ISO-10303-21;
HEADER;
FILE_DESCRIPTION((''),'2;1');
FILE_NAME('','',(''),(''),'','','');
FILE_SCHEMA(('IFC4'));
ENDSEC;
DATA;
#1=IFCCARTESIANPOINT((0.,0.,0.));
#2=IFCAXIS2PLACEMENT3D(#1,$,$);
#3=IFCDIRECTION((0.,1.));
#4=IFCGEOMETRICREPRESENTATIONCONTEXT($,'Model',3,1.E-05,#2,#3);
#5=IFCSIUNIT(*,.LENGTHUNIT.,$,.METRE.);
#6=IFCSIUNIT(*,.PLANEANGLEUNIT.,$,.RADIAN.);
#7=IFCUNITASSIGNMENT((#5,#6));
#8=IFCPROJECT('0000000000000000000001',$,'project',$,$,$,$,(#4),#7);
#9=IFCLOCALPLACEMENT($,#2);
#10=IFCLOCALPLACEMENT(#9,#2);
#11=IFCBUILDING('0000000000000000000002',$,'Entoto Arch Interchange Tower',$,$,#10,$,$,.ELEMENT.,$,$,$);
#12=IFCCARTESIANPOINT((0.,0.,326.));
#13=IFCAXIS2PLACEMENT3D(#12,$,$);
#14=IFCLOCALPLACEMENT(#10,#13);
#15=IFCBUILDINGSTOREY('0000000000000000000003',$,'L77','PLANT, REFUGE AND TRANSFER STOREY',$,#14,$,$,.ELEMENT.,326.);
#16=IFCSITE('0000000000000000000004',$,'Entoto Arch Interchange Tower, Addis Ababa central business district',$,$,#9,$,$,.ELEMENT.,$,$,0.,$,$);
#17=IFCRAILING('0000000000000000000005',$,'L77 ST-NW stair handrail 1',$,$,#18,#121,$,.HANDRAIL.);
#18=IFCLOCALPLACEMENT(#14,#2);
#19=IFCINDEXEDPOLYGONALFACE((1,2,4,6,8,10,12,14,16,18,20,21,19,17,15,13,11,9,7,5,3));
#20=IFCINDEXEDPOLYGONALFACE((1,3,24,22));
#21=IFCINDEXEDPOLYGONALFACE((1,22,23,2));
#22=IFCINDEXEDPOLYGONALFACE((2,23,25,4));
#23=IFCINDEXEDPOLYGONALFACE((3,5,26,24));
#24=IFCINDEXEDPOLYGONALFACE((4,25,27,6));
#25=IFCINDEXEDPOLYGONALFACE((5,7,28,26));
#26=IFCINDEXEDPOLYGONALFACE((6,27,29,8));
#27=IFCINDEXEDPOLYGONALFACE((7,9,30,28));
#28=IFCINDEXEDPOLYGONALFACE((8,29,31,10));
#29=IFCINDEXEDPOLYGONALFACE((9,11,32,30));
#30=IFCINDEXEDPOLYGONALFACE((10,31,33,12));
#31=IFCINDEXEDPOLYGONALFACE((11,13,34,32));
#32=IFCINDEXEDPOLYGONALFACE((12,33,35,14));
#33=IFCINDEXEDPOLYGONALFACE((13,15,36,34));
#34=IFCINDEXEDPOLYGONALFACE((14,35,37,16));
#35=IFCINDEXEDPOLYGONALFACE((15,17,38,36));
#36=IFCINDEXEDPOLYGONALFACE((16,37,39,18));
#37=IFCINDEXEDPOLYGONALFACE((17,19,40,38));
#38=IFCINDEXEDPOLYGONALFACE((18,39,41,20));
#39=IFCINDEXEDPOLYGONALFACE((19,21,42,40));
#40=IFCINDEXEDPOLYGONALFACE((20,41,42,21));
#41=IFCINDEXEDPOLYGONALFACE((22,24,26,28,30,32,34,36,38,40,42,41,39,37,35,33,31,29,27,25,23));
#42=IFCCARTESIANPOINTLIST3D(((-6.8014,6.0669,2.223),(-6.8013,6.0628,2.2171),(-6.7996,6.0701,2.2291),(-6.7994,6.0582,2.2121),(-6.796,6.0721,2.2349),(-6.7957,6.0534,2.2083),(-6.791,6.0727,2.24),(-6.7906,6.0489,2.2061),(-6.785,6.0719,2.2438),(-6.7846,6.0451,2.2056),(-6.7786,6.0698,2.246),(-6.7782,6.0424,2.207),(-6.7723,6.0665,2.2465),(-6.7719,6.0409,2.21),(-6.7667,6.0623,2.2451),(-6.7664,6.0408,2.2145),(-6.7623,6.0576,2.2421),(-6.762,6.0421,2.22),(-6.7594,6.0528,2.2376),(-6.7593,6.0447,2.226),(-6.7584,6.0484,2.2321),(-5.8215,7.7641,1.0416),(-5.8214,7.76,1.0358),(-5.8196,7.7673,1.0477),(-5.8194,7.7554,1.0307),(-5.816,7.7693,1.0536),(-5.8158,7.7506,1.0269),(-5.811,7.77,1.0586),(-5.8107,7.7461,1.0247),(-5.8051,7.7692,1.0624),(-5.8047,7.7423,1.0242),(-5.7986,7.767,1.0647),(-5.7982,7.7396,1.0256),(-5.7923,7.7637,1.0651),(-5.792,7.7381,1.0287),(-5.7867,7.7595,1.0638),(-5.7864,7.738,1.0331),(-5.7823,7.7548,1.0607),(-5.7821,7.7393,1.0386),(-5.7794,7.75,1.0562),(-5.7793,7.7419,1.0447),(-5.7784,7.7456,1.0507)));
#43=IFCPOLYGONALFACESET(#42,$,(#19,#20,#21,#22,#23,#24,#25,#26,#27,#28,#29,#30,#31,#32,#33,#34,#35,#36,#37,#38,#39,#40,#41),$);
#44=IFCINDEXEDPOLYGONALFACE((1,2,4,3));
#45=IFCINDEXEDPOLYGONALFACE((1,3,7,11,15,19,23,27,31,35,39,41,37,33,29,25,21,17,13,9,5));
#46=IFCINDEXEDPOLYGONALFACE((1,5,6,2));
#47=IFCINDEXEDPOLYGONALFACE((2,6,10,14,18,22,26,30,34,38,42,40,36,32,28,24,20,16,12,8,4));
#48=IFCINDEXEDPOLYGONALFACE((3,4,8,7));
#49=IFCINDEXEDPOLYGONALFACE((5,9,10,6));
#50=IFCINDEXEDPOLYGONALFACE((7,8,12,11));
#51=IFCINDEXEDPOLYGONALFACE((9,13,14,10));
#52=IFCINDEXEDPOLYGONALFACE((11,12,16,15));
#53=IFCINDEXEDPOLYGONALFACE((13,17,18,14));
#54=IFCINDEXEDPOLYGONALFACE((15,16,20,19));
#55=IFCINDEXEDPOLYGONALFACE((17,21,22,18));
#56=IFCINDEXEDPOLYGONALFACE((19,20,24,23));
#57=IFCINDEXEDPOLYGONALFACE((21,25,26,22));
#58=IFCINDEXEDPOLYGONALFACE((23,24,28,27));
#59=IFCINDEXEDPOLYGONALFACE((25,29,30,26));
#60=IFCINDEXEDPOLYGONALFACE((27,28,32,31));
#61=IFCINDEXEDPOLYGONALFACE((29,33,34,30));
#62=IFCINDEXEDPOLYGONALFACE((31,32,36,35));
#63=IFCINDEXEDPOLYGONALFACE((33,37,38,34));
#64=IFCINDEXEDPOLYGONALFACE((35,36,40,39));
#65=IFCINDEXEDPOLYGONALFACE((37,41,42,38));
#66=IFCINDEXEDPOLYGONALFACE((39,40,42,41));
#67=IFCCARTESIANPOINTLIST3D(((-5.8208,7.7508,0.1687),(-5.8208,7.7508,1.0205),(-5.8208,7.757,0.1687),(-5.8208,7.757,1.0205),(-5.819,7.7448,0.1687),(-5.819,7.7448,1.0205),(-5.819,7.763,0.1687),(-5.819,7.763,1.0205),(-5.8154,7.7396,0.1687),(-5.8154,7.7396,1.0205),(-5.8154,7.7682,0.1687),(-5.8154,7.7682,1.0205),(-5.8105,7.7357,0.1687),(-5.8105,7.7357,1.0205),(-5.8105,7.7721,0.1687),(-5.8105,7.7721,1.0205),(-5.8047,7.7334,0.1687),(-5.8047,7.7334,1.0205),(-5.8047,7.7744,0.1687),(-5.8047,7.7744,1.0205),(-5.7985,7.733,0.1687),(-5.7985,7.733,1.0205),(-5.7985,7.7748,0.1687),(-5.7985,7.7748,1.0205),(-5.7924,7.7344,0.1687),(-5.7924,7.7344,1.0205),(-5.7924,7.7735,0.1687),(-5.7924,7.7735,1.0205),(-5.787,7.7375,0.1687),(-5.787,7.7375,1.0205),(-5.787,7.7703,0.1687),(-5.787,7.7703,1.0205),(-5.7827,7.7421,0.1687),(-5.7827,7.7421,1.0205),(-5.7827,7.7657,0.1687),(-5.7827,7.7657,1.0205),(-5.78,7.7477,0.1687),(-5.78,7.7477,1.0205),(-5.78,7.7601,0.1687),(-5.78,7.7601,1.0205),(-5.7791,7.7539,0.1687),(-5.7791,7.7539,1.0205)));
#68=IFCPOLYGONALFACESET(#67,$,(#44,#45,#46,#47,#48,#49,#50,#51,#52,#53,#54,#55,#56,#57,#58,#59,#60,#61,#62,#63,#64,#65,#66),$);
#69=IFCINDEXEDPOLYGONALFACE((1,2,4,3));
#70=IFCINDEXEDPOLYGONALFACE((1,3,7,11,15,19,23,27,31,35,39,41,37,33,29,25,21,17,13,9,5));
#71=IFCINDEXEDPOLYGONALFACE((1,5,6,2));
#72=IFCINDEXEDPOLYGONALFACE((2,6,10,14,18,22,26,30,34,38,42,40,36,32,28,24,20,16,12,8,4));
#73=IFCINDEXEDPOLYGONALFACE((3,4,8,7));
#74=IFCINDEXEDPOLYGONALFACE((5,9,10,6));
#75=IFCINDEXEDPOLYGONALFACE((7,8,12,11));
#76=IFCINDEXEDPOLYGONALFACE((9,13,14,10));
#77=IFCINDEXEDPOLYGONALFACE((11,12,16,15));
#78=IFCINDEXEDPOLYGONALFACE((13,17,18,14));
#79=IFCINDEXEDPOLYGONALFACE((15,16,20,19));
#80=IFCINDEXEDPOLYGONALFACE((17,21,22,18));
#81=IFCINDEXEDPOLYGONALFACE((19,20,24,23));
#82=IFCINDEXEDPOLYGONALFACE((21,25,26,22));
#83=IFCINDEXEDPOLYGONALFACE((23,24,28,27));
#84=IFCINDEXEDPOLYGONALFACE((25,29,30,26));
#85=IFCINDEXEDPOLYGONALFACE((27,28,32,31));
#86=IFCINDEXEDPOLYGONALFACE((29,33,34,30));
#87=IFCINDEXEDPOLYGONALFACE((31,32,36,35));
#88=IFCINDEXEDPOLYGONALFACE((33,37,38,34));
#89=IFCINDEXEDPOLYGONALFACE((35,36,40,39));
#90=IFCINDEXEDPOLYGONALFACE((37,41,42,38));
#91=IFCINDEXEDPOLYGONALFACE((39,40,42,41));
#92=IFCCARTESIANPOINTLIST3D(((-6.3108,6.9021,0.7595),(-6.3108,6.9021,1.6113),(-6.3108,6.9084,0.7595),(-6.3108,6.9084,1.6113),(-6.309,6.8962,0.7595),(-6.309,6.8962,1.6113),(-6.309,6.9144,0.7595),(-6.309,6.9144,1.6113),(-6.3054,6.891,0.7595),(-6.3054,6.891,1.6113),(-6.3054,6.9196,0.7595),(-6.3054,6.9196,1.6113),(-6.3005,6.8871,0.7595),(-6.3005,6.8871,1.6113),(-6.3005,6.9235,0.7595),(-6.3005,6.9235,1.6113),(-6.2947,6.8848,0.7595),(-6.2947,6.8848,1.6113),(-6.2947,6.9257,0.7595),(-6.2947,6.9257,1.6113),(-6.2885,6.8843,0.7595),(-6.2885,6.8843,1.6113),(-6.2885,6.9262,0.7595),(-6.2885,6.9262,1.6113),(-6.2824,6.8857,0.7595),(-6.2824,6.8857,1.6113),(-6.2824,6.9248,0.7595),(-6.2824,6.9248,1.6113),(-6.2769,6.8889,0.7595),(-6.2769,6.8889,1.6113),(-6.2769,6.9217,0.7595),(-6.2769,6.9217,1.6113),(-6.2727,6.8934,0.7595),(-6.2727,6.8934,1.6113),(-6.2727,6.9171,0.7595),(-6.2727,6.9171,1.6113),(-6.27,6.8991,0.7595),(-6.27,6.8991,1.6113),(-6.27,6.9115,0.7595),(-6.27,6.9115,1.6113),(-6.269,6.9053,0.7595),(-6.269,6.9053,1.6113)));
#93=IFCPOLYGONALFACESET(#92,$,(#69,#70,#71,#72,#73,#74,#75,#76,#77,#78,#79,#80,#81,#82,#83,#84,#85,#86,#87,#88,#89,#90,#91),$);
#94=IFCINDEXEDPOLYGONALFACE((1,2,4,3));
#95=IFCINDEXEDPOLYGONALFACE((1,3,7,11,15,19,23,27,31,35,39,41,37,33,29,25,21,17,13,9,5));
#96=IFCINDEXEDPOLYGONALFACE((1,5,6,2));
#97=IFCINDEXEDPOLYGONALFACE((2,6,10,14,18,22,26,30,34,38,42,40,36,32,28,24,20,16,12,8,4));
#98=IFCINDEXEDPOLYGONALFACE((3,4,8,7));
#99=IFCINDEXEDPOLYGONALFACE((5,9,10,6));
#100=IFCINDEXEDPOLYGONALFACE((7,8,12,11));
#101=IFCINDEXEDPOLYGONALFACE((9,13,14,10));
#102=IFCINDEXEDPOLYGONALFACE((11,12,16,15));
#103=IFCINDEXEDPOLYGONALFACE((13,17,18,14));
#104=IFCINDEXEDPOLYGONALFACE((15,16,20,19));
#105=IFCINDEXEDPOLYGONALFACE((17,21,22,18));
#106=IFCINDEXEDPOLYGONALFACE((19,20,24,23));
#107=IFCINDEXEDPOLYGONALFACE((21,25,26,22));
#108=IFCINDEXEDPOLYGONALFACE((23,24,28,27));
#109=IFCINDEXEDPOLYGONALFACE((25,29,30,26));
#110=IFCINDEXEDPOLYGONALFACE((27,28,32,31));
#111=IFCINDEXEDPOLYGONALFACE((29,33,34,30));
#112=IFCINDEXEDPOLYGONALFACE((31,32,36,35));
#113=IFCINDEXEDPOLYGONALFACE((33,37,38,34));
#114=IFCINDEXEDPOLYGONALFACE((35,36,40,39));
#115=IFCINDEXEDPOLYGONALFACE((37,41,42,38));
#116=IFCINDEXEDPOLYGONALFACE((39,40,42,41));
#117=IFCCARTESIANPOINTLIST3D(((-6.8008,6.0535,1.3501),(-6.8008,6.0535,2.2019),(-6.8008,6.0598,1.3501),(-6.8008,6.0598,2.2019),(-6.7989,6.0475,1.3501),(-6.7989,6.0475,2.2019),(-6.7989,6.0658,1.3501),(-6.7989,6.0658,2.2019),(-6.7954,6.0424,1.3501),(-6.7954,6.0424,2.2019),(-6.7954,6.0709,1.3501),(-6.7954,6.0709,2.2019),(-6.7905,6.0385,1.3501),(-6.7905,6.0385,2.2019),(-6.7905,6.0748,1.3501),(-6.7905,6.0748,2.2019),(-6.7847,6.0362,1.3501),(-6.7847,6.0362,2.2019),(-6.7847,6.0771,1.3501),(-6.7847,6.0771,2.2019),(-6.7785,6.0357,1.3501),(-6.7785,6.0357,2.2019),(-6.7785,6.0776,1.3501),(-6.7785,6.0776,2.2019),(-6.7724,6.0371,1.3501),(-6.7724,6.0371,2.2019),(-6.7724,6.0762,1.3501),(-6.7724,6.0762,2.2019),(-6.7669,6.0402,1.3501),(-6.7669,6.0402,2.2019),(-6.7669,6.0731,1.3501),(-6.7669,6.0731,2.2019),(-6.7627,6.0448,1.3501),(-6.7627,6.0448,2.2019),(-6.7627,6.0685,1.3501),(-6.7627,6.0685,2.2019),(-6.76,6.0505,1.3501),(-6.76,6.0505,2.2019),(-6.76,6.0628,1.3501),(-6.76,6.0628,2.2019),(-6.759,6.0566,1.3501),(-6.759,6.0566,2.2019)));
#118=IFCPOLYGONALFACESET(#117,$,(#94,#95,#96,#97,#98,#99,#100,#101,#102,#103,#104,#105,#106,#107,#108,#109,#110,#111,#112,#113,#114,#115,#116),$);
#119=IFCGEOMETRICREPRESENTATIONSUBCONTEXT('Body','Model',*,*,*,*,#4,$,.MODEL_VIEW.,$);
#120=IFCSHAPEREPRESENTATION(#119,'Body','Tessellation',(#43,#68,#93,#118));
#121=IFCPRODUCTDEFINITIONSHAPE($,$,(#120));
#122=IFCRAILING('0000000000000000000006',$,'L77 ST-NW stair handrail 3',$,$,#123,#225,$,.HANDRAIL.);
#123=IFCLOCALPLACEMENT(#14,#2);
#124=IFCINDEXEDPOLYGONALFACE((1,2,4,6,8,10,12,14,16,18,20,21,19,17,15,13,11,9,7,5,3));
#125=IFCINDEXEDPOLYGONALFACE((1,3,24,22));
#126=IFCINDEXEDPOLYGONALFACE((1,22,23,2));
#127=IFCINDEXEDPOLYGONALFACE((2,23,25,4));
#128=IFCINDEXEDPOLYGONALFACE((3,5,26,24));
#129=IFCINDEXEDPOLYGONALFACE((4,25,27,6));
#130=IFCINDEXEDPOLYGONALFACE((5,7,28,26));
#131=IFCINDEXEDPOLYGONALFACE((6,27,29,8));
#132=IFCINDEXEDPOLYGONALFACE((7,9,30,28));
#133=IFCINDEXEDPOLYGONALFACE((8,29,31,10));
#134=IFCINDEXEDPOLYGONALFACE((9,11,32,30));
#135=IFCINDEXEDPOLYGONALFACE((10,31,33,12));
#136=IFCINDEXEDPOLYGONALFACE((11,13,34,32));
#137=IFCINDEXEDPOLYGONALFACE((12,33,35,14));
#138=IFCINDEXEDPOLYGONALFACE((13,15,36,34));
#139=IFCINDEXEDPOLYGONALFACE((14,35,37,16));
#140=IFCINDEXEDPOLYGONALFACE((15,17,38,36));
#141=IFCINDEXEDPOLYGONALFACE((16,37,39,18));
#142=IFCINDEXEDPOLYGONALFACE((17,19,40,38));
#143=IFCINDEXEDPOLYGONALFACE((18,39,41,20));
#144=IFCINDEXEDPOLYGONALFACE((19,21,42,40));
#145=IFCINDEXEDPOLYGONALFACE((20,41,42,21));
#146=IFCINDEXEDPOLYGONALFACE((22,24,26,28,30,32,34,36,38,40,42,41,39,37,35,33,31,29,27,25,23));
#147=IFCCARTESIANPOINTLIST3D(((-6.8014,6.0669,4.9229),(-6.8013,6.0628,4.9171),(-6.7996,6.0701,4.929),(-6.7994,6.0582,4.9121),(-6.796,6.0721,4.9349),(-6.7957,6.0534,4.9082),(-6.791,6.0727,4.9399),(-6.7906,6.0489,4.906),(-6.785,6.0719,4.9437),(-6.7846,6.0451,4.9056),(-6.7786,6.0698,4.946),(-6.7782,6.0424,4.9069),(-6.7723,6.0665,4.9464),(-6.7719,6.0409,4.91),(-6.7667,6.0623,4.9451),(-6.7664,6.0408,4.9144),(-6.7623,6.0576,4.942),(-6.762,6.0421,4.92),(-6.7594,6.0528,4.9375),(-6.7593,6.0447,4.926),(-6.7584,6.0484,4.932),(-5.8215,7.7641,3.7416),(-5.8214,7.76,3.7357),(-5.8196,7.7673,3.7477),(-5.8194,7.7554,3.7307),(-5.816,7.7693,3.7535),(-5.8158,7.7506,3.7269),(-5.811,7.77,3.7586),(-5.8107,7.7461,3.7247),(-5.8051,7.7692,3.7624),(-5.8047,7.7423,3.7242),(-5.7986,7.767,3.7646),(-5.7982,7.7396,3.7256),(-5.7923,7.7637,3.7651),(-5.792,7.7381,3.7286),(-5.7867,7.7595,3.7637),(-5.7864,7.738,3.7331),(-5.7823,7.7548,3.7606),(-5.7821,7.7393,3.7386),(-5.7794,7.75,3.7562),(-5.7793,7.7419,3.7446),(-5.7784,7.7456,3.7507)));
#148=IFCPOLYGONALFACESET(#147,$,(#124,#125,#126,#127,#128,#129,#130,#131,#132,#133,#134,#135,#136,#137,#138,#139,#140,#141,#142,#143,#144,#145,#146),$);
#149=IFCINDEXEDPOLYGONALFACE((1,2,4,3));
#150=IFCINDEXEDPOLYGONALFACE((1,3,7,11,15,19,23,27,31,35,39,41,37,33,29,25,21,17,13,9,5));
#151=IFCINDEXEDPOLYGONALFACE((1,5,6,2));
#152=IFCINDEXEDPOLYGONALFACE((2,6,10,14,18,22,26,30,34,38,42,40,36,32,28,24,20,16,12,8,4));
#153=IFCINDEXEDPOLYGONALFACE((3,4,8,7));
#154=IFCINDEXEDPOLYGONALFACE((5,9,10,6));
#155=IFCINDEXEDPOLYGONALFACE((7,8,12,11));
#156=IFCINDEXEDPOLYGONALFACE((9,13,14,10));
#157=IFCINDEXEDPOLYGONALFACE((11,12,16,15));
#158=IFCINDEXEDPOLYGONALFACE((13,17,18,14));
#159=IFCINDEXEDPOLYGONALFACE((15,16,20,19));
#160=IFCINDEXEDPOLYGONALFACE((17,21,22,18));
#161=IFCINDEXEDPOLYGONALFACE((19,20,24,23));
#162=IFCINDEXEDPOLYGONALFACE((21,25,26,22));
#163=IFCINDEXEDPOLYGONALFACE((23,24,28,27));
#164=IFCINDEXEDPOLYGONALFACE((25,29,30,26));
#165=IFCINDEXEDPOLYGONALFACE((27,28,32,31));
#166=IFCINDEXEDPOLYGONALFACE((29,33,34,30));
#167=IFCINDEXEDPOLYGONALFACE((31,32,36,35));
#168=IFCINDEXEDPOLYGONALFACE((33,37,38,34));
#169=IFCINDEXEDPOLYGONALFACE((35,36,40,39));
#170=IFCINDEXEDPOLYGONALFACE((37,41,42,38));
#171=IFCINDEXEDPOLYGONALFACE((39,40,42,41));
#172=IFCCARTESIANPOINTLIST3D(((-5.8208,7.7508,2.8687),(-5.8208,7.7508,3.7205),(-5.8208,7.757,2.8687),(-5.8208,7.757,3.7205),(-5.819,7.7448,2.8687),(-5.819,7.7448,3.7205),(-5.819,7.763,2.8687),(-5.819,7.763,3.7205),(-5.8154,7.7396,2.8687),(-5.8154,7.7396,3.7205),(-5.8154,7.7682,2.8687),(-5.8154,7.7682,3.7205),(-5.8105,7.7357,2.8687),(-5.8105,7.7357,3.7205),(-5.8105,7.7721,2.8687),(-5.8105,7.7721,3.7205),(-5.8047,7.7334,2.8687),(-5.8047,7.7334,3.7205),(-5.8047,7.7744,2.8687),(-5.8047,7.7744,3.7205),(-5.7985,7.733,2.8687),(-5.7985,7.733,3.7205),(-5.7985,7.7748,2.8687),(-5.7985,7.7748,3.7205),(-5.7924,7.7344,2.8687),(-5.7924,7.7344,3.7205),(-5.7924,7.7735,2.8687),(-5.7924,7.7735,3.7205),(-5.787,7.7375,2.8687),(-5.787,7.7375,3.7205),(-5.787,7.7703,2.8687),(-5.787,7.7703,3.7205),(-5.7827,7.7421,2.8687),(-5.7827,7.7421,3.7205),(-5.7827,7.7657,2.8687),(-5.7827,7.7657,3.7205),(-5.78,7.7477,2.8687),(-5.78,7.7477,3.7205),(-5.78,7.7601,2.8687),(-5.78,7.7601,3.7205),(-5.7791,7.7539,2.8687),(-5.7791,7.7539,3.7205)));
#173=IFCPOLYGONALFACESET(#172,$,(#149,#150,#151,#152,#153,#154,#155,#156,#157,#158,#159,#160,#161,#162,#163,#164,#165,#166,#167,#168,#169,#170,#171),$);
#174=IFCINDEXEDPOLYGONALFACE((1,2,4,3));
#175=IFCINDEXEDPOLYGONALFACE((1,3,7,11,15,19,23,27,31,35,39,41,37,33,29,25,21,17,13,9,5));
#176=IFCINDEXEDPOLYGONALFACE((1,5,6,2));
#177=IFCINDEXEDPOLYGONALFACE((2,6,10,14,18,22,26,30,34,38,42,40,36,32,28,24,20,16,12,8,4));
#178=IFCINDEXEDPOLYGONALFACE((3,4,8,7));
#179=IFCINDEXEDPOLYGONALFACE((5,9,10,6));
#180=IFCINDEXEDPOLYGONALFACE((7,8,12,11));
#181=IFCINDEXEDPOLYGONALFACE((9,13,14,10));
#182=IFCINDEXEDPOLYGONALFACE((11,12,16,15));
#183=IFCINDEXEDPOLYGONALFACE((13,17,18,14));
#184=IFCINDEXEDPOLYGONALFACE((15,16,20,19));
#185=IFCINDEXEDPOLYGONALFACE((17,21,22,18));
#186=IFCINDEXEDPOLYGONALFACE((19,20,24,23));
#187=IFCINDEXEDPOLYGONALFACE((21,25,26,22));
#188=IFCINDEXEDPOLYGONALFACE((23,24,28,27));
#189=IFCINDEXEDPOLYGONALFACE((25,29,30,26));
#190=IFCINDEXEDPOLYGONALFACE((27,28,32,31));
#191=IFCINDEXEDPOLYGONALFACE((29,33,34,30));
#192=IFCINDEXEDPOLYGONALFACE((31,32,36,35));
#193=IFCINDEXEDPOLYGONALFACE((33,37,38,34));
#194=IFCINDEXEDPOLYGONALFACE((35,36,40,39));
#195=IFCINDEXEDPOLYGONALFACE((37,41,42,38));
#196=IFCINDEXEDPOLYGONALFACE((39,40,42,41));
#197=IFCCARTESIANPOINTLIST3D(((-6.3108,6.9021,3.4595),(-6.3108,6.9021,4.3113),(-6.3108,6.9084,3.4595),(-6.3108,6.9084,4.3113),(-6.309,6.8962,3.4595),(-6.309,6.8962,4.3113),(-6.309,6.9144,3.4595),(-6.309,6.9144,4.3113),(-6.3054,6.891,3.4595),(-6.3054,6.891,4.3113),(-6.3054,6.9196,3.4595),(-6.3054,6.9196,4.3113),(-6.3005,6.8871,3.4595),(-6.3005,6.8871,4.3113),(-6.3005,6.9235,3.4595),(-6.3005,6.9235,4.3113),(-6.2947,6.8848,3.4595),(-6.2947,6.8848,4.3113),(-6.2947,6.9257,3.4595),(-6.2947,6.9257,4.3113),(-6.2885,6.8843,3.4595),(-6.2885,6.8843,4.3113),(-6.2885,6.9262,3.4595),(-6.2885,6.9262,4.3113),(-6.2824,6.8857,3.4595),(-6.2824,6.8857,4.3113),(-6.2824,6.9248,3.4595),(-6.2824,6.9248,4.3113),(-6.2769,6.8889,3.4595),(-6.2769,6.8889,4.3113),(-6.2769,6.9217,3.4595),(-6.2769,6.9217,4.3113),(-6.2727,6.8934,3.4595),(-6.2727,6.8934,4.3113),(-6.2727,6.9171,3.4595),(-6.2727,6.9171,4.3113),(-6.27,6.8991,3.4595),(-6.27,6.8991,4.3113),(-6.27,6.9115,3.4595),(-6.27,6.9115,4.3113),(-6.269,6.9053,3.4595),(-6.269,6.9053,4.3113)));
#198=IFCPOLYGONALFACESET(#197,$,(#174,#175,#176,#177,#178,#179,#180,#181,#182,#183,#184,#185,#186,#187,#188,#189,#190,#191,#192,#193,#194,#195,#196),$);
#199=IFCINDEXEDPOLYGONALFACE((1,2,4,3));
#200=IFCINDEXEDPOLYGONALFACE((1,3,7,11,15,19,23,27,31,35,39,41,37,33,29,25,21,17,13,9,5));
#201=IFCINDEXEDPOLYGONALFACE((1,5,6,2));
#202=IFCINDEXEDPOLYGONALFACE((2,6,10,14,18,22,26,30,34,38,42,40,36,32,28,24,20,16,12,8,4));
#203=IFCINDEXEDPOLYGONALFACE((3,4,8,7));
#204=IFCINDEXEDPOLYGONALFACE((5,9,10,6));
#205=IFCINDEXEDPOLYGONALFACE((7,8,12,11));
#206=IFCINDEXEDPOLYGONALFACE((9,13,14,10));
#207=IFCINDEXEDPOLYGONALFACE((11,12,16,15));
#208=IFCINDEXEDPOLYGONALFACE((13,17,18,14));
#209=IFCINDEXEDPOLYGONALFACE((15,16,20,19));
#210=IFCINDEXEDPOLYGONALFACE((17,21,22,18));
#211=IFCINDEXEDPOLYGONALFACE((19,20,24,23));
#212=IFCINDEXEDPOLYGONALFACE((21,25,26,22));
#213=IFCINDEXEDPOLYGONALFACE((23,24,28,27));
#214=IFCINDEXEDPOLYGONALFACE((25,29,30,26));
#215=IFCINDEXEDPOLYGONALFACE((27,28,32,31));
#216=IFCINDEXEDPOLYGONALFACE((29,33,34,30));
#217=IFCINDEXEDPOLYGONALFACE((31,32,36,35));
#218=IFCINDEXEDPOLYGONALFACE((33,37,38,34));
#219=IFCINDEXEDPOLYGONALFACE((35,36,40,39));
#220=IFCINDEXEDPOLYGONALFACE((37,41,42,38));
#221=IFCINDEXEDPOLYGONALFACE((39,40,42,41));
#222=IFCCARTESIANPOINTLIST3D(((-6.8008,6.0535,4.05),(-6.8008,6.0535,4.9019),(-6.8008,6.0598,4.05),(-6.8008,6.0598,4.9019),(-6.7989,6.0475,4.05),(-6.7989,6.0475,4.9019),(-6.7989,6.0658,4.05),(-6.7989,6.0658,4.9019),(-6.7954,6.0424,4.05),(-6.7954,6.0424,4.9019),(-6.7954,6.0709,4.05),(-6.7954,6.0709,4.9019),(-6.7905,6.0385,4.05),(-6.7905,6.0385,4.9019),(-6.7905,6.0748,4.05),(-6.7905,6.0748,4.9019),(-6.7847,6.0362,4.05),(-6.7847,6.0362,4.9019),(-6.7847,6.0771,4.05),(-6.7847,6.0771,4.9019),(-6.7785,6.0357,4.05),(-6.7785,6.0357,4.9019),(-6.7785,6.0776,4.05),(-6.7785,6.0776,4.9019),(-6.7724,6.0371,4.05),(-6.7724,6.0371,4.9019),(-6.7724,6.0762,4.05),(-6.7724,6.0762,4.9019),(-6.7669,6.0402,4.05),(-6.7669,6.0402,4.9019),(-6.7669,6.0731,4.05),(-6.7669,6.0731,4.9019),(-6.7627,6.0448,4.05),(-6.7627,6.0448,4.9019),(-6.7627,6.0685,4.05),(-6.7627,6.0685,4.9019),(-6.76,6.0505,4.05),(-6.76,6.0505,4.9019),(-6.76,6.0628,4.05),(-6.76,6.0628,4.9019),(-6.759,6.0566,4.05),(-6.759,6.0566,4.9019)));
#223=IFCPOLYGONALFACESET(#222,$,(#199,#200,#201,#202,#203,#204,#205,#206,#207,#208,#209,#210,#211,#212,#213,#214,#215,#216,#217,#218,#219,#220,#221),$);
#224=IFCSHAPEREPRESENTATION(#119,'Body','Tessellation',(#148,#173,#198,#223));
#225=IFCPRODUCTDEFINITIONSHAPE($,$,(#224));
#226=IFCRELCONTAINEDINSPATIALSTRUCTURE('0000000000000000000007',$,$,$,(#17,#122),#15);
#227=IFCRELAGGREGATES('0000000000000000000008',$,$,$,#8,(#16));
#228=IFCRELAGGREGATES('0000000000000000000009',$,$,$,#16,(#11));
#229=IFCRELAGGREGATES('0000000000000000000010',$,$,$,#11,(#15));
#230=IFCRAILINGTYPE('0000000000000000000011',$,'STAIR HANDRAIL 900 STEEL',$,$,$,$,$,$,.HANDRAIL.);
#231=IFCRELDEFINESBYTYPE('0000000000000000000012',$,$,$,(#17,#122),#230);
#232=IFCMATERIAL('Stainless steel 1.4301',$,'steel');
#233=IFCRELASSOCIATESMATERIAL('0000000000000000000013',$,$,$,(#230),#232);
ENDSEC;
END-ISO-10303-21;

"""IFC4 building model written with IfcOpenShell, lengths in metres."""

from ifc_helpers import new_model, si_unit, direction, frame, origin, origin_2d, place, context, subcontext, project, spatial, circle, extrude, material, type_object, element, save


model = new_model("IFC4")

# Units and contexts
model_context = context("Model", 3, precision=1e-05, world=origin(), true_north=direction((0.0, 1.0)))
body_context = subcontext(model_context, "Body", "Model", "MODEL_VIEW")
ifc_project = project(units=[si_unit("LENGTHUNIT", "METRE"), si_unit("PLANEANGLEUNIT", "RADIAN")], contexts=[model_context])

# Site, building, storey
site_placement = place(None, origin())
site = spatial("IfcSite", under=ifc_project, at=site_placement, Name="Entoto Arch Interchange Tower, Addis Ababa central business district", CompositionType="ELEMENT", RefElevation=0.0)
building_placement = place(site_placement, origin())
building = spatial("IfcBuilding", under=site, at=building_placement, Name="Entoto Arch Interchange Tower", CompositionType="ELEMENT")
storey_placement = place(building_placement, frame((0.0, 0.0, 326.0)))
storey = spatial("IfcBuildingStorey", under=building, at=storey_placement, Name="L77", Description="PLANT, REFUGE AND TRANSFER STOREY", CompositionType="ELEMENT", Elevation=326.0)

# Railings
ifc_material_1 = material(Name="Stainless steel 1.4301", Category="steel")
railing_type_1 = type_object("IfcRailingType", Name="STAIR HANDRAIL 900 STEEL", PredefinedType="HANDRAIL", material=ifc_material_1)
for number, where, name in (
    (1, (-5.8, 7.7539, 0.1687), "L77 ST-NW stair handrail 1"),
    (2, (-5.8, 7.7539, 2.8687), "L77 ST-NW stair handrail 3"),
):
    element("IfcRailing", number, at=place(storey_placement, frame(where)), inside=storey, type_object=railing_type_1, Name=name, PredefinedType="HANDRAIL", context=body_context, shape_type="SweptSolid", body=[
        extrude(circle(Radius=0.0239, at=origin_2d()), frame((0.0, 0.0, 0.876), z_axis=(-0.428238, -0.741683, 0.516255), x_axis=(0.866011, -0.500024, 0.0)), (0.0, 0.0, 1.0), 2.2883),
        extrude(circle(Radius=0.021, at=origin_2d()), origin(), (0.0, 0.0, 1.0), 0.8518),
        extrude(circle(Radius=0.021, at=origin_2d()), frame((-0.49, -0.8486, 0.5908)), (0.0, 0.0, 1.0), 0.8518),
        extrude(circle(Radius=0.021, at=origin_2d()), frame((-0.98, -1.6973, 1.1814)), (0.0, 0.0, 1.0), 0.8518),
    ])

save(model, "model.ifc")
